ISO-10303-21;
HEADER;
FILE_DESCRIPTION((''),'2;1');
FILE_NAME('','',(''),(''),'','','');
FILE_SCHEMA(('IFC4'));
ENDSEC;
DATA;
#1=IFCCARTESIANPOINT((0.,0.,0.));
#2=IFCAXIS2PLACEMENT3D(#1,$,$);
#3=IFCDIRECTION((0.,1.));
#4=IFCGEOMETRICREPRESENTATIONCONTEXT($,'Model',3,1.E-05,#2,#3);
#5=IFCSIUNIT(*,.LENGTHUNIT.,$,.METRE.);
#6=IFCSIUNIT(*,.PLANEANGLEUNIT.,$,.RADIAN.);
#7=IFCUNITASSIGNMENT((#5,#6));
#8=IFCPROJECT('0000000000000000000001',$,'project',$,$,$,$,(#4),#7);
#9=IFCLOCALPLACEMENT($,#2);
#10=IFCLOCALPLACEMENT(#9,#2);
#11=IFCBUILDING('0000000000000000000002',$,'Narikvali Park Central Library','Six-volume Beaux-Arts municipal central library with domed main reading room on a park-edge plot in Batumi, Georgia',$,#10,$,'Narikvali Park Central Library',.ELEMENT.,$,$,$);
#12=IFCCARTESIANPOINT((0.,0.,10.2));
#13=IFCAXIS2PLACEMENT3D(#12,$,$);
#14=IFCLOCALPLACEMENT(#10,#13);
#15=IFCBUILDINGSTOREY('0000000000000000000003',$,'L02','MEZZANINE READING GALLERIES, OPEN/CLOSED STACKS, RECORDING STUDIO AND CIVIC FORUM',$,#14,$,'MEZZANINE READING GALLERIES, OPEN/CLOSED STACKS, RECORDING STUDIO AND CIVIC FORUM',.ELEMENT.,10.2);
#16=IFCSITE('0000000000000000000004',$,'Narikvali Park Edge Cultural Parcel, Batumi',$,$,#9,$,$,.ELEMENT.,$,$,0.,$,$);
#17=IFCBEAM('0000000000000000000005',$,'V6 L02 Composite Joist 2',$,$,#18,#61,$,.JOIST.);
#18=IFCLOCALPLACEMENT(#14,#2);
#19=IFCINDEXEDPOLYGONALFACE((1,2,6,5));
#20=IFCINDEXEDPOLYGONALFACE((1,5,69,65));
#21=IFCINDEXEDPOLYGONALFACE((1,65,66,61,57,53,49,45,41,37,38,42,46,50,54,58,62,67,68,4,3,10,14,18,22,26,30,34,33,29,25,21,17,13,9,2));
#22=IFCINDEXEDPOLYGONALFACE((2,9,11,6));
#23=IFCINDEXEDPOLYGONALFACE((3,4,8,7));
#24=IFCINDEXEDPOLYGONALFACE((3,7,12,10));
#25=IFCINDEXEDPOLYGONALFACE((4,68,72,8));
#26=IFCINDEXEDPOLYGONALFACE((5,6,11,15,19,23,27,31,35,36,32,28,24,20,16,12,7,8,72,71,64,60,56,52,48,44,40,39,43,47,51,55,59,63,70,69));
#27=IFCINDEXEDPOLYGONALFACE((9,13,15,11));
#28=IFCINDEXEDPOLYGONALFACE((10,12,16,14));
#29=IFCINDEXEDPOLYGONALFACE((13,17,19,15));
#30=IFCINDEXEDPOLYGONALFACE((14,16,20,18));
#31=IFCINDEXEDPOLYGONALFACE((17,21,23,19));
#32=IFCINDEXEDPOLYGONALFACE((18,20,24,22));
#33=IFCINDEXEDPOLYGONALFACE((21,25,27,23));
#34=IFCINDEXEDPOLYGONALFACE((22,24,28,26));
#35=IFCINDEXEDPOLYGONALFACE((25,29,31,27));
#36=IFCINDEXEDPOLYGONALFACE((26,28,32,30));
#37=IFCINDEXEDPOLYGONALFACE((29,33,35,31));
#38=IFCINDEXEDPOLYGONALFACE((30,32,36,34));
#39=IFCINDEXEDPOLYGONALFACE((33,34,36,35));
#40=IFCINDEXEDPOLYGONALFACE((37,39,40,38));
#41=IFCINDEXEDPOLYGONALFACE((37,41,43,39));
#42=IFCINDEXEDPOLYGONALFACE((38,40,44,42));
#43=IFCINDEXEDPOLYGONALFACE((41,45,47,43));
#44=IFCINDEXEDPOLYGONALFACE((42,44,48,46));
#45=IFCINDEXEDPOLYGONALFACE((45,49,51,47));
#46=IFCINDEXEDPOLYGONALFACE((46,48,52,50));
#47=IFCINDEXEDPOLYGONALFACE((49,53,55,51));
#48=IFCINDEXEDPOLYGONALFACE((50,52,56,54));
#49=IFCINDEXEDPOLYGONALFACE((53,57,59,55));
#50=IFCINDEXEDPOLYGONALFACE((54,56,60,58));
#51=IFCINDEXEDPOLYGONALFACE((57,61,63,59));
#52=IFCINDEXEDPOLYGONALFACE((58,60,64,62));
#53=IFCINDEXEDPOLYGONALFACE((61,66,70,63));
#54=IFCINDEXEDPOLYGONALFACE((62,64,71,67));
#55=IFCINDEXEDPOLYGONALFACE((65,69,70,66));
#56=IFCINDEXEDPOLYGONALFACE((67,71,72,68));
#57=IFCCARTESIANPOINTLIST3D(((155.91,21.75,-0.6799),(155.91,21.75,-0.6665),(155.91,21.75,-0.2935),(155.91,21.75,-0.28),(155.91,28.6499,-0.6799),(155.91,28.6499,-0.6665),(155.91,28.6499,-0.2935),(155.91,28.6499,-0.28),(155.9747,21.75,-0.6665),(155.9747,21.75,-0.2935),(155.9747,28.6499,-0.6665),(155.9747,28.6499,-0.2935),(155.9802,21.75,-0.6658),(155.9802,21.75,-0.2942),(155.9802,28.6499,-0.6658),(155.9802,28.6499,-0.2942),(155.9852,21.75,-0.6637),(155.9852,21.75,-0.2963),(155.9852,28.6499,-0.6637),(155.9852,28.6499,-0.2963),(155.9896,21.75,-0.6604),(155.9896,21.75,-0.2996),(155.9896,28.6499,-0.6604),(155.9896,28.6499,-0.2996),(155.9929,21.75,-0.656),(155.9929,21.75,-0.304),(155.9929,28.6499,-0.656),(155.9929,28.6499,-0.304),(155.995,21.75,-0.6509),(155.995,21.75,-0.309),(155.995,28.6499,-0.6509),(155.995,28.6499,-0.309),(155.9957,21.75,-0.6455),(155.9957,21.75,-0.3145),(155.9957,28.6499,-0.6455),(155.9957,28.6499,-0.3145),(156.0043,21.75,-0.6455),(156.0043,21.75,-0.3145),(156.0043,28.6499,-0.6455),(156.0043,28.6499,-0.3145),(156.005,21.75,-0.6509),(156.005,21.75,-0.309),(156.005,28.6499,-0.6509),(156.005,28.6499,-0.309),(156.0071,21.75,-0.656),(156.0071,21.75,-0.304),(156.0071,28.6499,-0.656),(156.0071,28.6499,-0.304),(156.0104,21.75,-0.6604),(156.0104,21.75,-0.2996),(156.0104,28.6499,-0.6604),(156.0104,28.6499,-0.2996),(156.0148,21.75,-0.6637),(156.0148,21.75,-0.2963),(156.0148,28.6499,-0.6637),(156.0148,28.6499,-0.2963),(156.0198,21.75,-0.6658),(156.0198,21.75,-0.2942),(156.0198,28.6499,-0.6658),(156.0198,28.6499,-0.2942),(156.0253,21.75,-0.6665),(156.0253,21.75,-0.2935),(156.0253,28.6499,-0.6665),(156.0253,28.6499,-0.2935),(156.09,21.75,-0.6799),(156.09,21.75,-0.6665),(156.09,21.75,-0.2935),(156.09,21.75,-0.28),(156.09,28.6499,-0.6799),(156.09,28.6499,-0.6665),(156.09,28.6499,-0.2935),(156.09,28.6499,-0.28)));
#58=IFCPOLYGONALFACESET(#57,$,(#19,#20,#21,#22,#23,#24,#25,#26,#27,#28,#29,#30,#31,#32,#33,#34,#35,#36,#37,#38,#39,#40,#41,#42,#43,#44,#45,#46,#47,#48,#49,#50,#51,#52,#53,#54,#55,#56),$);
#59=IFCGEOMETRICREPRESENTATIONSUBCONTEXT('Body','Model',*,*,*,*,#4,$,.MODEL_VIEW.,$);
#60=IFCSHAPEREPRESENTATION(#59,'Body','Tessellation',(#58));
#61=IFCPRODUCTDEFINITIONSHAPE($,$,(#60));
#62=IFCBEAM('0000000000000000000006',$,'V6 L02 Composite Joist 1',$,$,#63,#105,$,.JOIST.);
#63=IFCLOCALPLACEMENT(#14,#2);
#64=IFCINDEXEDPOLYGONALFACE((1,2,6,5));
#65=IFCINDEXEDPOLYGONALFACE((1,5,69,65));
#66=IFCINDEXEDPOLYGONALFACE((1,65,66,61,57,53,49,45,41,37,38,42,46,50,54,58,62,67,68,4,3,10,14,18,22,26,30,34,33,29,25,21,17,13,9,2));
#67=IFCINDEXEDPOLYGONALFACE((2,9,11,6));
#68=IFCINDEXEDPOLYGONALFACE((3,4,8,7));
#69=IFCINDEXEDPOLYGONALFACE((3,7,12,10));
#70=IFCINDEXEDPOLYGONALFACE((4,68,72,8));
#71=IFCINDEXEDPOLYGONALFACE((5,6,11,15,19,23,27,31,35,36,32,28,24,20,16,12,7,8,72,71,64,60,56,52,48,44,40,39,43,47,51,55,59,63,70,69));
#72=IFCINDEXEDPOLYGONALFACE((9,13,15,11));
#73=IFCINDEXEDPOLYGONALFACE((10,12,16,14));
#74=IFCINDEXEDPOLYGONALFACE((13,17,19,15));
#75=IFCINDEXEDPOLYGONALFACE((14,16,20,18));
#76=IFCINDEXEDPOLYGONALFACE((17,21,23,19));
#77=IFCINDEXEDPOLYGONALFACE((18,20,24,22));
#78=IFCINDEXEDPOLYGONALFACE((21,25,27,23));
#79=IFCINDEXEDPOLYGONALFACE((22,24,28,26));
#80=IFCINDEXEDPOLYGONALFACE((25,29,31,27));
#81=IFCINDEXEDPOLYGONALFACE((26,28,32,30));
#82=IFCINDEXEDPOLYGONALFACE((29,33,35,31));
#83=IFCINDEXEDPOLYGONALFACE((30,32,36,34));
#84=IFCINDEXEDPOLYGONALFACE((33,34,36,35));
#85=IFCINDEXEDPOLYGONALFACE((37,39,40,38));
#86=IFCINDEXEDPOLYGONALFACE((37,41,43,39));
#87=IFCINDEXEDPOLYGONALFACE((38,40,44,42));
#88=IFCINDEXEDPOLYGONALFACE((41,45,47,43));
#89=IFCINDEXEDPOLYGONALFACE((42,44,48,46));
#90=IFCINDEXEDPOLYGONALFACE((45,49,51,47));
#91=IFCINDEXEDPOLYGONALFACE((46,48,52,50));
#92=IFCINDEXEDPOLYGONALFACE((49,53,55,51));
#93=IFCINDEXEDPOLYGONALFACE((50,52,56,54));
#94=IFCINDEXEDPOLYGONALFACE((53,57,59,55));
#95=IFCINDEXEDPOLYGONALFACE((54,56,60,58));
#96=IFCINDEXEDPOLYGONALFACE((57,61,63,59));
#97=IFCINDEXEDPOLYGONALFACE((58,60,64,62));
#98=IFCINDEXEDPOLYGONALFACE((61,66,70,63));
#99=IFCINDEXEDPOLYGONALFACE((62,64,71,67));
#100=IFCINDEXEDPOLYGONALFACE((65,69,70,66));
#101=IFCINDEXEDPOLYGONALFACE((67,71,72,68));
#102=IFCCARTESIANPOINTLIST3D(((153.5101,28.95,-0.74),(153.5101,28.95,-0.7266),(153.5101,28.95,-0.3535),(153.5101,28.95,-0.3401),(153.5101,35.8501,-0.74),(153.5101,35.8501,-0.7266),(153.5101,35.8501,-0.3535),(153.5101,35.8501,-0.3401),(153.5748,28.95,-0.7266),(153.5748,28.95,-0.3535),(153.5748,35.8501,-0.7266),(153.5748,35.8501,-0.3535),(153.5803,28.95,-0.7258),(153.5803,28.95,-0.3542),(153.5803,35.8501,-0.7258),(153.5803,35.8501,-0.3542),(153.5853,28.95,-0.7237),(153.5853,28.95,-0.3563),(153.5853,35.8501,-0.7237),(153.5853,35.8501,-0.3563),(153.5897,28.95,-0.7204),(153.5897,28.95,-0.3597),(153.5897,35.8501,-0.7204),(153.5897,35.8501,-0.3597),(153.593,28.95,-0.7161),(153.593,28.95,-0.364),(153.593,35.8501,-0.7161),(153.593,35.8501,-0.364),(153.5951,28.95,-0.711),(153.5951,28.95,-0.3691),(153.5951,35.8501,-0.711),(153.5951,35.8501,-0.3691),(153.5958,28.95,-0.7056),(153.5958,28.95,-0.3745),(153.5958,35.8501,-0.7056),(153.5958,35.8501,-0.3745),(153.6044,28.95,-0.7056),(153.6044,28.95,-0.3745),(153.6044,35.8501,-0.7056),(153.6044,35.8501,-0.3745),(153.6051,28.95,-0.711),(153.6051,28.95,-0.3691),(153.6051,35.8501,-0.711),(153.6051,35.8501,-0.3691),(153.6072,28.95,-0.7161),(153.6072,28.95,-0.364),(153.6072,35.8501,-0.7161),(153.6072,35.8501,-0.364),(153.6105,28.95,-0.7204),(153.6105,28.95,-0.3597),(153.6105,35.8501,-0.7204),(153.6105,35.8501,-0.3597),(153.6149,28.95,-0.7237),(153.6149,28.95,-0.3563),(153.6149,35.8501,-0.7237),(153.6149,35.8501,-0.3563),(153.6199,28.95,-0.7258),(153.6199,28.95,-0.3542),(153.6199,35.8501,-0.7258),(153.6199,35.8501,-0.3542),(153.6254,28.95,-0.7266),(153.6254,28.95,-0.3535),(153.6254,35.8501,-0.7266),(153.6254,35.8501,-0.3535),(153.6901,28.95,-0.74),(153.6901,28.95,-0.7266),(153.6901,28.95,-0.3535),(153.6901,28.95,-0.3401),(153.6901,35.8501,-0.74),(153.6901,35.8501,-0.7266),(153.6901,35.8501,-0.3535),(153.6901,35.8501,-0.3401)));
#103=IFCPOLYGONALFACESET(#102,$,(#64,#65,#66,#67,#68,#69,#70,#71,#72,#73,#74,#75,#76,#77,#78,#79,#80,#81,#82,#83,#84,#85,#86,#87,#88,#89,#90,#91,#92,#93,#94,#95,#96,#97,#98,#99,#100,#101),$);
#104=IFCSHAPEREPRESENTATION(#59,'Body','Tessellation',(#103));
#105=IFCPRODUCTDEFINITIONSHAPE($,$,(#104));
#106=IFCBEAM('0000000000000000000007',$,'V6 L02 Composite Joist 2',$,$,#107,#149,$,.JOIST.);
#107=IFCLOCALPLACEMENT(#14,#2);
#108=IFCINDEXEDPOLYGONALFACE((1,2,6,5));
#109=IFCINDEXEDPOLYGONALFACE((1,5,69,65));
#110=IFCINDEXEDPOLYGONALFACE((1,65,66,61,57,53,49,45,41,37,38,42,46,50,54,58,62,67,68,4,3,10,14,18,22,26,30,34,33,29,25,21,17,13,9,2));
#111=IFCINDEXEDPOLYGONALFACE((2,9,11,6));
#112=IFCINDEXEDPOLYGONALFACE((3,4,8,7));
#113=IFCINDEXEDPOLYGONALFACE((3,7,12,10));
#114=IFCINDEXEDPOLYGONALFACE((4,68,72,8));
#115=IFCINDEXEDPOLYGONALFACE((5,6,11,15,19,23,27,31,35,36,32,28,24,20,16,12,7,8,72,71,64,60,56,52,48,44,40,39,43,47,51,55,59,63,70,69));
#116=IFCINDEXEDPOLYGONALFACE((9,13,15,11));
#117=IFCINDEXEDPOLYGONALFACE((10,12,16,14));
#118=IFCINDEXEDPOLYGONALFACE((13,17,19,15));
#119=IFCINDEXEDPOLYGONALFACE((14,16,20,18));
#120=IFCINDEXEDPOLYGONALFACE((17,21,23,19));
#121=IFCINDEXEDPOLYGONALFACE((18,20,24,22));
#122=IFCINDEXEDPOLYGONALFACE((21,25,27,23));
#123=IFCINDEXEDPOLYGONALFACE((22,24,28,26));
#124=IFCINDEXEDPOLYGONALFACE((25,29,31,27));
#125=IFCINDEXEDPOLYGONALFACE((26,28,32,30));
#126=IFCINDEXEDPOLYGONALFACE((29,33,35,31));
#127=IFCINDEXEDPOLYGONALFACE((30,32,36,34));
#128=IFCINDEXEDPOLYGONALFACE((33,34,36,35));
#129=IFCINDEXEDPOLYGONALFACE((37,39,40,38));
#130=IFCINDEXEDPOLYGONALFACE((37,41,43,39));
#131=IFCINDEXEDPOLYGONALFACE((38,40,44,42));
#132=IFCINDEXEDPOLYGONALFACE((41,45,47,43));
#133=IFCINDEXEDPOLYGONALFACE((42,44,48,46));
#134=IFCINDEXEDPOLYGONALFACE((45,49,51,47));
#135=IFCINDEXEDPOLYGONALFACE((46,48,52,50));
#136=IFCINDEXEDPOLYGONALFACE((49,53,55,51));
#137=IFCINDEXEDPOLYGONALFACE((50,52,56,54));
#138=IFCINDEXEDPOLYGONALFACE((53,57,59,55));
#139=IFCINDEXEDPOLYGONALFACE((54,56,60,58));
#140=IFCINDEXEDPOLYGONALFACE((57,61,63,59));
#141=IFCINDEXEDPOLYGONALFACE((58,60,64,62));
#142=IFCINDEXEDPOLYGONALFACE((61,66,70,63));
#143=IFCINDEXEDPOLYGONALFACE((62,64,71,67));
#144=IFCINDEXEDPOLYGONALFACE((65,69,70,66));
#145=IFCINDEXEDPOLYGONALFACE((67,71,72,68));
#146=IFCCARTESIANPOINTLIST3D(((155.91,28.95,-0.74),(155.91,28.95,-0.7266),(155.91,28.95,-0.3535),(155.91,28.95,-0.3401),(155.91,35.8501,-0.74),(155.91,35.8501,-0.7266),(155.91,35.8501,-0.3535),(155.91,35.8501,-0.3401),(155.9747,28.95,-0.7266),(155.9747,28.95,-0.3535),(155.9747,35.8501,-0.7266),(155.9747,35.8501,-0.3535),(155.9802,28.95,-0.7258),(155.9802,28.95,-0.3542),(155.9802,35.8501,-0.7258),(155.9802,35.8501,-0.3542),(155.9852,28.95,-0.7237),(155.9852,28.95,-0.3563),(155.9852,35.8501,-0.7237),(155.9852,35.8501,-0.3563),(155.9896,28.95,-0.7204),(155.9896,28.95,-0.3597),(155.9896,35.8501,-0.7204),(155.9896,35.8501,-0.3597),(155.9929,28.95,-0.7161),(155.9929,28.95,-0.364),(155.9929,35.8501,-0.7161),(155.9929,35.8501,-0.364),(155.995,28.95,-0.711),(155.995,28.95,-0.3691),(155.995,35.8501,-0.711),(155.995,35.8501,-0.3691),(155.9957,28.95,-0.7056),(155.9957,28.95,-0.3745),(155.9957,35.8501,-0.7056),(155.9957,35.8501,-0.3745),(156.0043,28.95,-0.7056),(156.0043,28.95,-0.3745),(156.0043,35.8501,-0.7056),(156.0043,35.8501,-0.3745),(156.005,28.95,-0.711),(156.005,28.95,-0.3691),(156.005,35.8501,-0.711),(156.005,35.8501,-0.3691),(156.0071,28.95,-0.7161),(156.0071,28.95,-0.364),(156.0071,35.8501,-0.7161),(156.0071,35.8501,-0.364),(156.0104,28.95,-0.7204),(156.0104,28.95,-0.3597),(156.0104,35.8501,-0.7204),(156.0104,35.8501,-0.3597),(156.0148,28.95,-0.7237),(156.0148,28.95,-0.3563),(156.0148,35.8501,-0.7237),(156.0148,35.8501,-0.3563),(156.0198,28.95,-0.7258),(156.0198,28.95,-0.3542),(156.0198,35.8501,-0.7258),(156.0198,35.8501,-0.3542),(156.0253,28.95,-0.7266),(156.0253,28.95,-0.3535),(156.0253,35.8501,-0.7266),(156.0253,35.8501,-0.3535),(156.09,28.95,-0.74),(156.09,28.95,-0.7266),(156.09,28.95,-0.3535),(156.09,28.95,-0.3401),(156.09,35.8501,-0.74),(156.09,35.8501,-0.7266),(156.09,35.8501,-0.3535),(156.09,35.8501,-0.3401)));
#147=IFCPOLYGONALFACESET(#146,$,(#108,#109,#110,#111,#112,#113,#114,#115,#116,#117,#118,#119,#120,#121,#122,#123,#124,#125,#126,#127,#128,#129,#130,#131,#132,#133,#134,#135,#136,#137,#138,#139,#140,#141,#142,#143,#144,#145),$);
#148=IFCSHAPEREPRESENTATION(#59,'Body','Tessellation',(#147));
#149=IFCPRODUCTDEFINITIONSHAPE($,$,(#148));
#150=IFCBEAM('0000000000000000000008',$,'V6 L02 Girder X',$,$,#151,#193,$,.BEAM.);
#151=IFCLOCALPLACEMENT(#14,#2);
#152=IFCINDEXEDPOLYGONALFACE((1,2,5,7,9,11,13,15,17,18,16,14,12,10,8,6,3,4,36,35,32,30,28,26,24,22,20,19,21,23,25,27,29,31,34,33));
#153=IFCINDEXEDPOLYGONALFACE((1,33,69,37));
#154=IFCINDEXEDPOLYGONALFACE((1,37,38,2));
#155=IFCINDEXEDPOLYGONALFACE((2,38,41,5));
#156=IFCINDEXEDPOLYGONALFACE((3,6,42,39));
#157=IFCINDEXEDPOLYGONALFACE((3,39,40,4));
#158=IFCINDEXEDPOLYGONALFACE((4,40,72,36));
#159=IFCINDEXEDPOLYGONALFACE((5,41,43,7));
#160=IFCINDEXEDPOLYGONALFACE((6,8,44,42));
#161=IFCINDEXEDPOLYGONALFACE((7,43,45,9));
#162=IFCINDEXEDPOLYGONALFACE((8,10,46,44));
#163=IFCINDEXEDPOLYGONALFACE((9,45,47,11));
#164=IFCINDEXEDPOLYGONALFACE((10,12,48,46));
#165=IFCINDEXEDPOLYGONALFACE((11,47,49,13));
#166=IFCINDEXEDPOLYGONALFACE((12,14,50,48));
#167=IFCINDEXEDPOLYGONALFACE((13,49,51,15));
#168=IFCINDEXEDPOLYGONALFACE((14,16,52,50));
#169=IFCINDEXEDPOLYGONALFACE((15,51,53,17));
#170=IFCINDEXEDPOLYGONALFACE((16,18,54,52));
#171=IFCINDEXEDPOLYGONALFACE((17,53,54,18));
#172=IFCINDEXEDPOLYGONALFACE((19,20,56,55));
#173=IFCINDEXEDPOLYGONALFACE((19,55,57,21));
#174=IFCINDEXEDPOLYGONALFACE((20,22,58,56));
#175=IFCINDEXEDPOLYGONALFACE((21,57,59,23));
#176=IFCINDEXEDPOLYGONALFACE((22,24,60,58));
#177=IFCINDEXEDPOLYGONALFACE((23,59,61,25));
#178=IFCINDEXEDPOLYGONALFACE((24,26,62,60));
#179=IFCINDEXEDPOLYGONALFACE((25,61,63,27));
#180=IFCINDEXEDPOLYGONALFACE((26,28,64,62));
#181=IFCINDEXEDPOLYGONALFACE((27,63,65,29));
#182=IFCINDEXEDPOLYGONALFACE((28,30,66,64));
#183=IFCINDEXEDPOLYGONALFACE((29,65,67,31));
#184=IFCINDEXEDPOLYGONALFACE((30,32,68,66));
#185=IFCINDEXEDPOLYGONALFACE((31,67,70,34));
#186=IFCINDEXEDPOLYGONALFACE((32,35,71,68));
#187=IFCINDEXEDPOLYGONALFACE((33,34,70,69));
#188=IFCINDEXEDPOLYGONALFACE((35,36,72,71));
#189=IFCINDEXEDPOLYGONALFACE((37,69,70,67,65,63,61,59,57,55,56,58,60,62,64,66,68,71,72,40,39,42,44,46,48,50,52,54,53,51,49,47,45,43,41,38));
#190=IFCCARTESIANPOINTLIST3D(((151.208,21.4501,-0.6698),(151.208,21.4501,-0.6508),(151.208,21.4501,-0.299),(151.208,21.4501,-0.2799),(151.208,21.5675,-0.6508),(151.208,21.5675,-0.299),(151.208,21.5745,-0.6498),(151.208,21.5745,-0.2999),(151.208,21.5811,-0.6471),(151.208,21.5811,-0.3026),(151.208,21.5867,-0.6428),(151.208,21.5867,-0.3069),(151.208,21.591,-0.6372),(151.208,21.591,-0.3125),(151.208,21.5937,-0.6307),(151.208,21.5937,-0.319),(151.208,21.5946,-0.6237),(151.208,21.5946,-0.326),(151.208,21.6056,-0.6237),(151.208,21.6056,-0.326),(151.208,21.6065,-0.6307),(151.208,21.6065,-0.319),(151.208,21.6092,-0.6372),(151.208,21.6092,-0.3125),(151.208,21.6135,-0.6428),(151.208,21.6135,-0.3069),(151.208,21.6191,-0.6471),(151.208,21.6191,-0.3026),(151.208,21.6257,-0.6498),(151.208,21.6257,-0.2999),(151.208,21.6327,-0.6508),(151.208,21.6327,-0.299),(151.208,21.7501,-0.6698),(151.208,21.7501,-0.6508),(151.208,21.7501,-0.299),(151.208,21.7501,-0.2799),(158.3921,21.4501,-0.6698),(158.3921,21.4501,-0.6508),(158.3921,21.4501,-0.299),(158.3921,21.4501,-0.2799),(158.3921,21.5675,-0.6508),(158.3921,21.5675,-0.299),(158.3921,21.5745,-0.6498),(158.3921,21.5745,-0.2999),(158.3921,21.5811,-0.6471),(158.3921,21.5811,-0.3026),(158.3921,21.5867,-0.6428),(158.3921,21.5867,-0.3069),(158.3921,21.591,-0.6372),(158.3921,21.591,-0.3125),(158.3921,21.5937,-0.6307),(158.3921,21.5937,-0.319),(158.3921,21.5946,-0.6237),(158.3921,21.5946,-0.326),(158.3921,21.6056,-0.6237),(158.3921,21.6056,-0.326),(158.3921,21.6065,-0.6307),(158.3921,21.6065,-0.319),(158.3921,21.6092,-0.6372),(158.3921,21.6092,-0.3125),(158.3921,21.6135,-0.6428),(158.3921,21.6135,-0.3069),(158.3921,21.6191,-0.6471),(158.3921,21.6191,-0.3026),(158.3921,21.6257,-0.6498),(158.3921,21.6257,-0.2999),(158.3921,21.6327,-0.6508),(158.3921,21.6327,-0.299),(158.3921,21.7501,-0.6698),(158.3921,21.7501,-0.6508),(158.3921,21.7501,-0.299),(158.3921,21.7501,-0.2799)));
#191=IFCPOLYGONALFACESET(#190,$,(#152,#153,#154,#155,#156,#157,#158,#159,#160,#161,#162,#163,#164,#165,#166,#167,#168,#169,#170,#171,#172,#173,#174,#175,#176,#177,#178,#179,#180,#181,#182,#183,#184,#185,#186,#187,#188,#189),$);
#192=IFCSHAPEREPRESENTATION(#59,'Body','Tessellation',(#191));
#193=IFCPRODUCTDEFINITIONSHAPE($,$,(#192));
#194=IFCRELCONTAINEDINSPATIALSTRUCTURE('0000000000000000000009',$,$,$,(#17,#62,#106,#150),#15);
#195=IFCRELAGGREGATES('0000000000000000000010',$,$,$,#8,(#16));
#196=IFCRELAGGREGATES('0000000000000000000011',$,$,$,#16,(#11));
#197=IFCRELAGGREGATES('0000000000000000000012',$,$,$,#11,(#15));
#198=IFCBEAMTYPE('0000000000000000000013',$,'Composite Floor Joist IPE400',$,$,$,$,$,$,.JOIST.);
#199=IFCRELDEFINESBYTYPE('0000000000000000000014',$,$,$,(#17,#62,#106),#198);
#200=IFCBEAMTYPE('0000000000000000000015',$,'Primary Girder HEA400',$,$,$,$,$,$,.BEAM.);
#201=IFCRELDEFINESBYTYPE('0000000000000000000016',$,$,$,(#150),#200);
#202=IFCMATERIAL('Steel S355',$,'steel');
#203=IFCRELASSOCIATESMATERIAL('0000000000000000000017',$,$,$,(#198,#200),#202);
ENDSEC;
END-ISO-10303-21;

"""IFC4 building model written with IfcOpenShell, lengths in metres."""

from ifc_helpers import new_model, si_unit, direction, frame, origin, origin_2d, place, context, subcontext, project, spatial, i_section, extrude, material, material_profile, profile_set, type_object, element, save


model = new_model("IFC4")

# Units and contexts
model_context = context("Model", 3, precision=1e-05, world=origin(), true_north=direction((0.0, 1.0)))
body_context = subcontext(model_context, "Body", "Model", "MODEL_VIEW")
ifc_project = project(units=[si_unit("LENGTHUNIT", "METRE"), si_unit("PLANEANGLEUNIT", "RADIAN")], contexts=[model_context])

# Site, building, storey
site_placement = place(None, origin())
site = spatial("IfcSite", under=ifc_project, at=site_placement, Name="Narikvali Park Edge Cultural Parcel, Batumi", CompositionType="ELEMENT", RefElevation=0.0)
building_placement = place(site_placement, origin())
building = spatial("IfcBuilding", under=site, at=building_placement, Name="Narikvali Park Central Library", Description="Six-volume Beaux-Arts municipal central library with domed main reading room on a park-edge plot in Batumi, Georgia", LongName="Narikvali Park Central Library", CompositionType="ELEMENT")
storey_placement = place(building_placement, frame((0.0, 0.0, 10.2)))
storey = spatial("IfcBuildingStorey", under=building, at=storey_placement, Name="L02", Description="MEZZANINE READING GALLERIES, OPEN/CLOSED STACKS, RECORDING STUDIO AND CIVIC FORUM", LongName="MEZZANINE READING GALLERIES, OPEN/CLOSED STACKS, RECORDING STUDIO AND CIVIC FORUM", CompositionType="ELEMENT", Elevation=10.2)

# Shared definitions
ifc_material_1 = material(Name="Steel S355", Category="steel")

# Beams
ifc_material_profile_1 = material_profile(ifc_material_1, i_section(OverallWidth=0.1799, OverallDepth=0.3999, WebThickness=0.0085, FlangeThickness=0.0134, FilletRadius=0.021, at=origin_2d()), Name="IPE 400")
ifc_profile_set_1 = profile_set([ifc_material_profile_1], Name="Steel S355")
beam_type_1 = type_object("IfcBeamType", Name="Composite Floor Joist IPE400", PredefinedType="JOIST", material=ifc_profile_set_1)
for number, where, z_axis, x_axis, name in (
    (1, (156.0, 21.75, -0.48), (0.0, 1.0, 0.0), (-1.0, 0.0, 0.0), "V6 L02 Composite Joist 2"),
):
    element("IfcBeam", number, at=place(storey_placement, frame(where, z_axis=z_axis, x_axis=x_axis)), inside=storey, type_object=beam_type_1, Name=name, PredefinedType="JOIST", context=body_context, shape_type="SweptSolid", body=[
        extrude(i_section(OverallWidth=0.1799, OverallDepth=0.3999, WebThickness=0.0085, FlangeThickness=0.0134, FilletRadius=0.021, at=origin_2d()), origin(), (0.0, 0.0, 1.0), 6.8999),
    ])
for number, where, z_axis, x_axis, name in (
    (2, (153.6001, 28.95, -0.54), (0.0, 1.0, 0.0), (-1.0, 0.0, 0.0), "V6 L02 Composite Joist 1"),
    (3, (156.0, 28.95, -0.54), (0.0, 1.0, 0.0), (-1.0, 0.0, 0.0), "V6 L02 Composite Joist 2"),
):
    element("IfcBeam", number, at=place(storey_placement, frame(where, z_axis=z_axis, x_axis=x_axis)), inside=storey, type_object=beam_type_1, Name=name, PredefinedType="JOIST", context=body_context, shape_type="SweptSolid", body=[
        extrude(i_section(OverallWidth=0.1799, OverallDepth=0.3999, WebThickness=0.0085, FlangeThickness=0.0134, FilletRadius=0.021, at=origin_2d()), origin(), (0.0, 0.0, 1.0), 6.9001),
    ])
ifc_material_profile_2 = material_profile(ifc_material_1, i_section(OverallWidth=0.3, OverallDepth=0.3899, WebThickness=0.011, FlangeThickness=0.019, FilletRadius=0.0271, at=origin_2d()), Name="HEA 400")
ifc_profile_set_2 = profile_set([ifc_material_profile_2], Name="Steel S355")
beam_type_2 = type_object("IfcBeamType", Name="Primary Girder HEA400", PredefinedType="BEAM", material=ifc_profile_set_2)
beam_1_placement = place(storey_placement, frame((151.208, 21.6001, -0.4749), z_axis=(1.0, 0.0, 0.0), x_axis=(0.0, 1.0, 0.0)))
element("IfcBeam", 4, at=beam_1_placement, inside=storey, type_object=beam_type_2, Name="V6 L02 Girder X", PredefinedType="BEAM", context=body_context, shape_type="SweptSolid", body=[
    extrude(i_section(OverallWidth=0.3, OverallDepth=0.3899, WebThickness=0.011, FlangeThickness=0.019, FilletRadius=0.0271, at=origin_2d()), origin(), (0.0, 0.0, 1.0), 7.1841),
])

save(model, "model.ifc")
